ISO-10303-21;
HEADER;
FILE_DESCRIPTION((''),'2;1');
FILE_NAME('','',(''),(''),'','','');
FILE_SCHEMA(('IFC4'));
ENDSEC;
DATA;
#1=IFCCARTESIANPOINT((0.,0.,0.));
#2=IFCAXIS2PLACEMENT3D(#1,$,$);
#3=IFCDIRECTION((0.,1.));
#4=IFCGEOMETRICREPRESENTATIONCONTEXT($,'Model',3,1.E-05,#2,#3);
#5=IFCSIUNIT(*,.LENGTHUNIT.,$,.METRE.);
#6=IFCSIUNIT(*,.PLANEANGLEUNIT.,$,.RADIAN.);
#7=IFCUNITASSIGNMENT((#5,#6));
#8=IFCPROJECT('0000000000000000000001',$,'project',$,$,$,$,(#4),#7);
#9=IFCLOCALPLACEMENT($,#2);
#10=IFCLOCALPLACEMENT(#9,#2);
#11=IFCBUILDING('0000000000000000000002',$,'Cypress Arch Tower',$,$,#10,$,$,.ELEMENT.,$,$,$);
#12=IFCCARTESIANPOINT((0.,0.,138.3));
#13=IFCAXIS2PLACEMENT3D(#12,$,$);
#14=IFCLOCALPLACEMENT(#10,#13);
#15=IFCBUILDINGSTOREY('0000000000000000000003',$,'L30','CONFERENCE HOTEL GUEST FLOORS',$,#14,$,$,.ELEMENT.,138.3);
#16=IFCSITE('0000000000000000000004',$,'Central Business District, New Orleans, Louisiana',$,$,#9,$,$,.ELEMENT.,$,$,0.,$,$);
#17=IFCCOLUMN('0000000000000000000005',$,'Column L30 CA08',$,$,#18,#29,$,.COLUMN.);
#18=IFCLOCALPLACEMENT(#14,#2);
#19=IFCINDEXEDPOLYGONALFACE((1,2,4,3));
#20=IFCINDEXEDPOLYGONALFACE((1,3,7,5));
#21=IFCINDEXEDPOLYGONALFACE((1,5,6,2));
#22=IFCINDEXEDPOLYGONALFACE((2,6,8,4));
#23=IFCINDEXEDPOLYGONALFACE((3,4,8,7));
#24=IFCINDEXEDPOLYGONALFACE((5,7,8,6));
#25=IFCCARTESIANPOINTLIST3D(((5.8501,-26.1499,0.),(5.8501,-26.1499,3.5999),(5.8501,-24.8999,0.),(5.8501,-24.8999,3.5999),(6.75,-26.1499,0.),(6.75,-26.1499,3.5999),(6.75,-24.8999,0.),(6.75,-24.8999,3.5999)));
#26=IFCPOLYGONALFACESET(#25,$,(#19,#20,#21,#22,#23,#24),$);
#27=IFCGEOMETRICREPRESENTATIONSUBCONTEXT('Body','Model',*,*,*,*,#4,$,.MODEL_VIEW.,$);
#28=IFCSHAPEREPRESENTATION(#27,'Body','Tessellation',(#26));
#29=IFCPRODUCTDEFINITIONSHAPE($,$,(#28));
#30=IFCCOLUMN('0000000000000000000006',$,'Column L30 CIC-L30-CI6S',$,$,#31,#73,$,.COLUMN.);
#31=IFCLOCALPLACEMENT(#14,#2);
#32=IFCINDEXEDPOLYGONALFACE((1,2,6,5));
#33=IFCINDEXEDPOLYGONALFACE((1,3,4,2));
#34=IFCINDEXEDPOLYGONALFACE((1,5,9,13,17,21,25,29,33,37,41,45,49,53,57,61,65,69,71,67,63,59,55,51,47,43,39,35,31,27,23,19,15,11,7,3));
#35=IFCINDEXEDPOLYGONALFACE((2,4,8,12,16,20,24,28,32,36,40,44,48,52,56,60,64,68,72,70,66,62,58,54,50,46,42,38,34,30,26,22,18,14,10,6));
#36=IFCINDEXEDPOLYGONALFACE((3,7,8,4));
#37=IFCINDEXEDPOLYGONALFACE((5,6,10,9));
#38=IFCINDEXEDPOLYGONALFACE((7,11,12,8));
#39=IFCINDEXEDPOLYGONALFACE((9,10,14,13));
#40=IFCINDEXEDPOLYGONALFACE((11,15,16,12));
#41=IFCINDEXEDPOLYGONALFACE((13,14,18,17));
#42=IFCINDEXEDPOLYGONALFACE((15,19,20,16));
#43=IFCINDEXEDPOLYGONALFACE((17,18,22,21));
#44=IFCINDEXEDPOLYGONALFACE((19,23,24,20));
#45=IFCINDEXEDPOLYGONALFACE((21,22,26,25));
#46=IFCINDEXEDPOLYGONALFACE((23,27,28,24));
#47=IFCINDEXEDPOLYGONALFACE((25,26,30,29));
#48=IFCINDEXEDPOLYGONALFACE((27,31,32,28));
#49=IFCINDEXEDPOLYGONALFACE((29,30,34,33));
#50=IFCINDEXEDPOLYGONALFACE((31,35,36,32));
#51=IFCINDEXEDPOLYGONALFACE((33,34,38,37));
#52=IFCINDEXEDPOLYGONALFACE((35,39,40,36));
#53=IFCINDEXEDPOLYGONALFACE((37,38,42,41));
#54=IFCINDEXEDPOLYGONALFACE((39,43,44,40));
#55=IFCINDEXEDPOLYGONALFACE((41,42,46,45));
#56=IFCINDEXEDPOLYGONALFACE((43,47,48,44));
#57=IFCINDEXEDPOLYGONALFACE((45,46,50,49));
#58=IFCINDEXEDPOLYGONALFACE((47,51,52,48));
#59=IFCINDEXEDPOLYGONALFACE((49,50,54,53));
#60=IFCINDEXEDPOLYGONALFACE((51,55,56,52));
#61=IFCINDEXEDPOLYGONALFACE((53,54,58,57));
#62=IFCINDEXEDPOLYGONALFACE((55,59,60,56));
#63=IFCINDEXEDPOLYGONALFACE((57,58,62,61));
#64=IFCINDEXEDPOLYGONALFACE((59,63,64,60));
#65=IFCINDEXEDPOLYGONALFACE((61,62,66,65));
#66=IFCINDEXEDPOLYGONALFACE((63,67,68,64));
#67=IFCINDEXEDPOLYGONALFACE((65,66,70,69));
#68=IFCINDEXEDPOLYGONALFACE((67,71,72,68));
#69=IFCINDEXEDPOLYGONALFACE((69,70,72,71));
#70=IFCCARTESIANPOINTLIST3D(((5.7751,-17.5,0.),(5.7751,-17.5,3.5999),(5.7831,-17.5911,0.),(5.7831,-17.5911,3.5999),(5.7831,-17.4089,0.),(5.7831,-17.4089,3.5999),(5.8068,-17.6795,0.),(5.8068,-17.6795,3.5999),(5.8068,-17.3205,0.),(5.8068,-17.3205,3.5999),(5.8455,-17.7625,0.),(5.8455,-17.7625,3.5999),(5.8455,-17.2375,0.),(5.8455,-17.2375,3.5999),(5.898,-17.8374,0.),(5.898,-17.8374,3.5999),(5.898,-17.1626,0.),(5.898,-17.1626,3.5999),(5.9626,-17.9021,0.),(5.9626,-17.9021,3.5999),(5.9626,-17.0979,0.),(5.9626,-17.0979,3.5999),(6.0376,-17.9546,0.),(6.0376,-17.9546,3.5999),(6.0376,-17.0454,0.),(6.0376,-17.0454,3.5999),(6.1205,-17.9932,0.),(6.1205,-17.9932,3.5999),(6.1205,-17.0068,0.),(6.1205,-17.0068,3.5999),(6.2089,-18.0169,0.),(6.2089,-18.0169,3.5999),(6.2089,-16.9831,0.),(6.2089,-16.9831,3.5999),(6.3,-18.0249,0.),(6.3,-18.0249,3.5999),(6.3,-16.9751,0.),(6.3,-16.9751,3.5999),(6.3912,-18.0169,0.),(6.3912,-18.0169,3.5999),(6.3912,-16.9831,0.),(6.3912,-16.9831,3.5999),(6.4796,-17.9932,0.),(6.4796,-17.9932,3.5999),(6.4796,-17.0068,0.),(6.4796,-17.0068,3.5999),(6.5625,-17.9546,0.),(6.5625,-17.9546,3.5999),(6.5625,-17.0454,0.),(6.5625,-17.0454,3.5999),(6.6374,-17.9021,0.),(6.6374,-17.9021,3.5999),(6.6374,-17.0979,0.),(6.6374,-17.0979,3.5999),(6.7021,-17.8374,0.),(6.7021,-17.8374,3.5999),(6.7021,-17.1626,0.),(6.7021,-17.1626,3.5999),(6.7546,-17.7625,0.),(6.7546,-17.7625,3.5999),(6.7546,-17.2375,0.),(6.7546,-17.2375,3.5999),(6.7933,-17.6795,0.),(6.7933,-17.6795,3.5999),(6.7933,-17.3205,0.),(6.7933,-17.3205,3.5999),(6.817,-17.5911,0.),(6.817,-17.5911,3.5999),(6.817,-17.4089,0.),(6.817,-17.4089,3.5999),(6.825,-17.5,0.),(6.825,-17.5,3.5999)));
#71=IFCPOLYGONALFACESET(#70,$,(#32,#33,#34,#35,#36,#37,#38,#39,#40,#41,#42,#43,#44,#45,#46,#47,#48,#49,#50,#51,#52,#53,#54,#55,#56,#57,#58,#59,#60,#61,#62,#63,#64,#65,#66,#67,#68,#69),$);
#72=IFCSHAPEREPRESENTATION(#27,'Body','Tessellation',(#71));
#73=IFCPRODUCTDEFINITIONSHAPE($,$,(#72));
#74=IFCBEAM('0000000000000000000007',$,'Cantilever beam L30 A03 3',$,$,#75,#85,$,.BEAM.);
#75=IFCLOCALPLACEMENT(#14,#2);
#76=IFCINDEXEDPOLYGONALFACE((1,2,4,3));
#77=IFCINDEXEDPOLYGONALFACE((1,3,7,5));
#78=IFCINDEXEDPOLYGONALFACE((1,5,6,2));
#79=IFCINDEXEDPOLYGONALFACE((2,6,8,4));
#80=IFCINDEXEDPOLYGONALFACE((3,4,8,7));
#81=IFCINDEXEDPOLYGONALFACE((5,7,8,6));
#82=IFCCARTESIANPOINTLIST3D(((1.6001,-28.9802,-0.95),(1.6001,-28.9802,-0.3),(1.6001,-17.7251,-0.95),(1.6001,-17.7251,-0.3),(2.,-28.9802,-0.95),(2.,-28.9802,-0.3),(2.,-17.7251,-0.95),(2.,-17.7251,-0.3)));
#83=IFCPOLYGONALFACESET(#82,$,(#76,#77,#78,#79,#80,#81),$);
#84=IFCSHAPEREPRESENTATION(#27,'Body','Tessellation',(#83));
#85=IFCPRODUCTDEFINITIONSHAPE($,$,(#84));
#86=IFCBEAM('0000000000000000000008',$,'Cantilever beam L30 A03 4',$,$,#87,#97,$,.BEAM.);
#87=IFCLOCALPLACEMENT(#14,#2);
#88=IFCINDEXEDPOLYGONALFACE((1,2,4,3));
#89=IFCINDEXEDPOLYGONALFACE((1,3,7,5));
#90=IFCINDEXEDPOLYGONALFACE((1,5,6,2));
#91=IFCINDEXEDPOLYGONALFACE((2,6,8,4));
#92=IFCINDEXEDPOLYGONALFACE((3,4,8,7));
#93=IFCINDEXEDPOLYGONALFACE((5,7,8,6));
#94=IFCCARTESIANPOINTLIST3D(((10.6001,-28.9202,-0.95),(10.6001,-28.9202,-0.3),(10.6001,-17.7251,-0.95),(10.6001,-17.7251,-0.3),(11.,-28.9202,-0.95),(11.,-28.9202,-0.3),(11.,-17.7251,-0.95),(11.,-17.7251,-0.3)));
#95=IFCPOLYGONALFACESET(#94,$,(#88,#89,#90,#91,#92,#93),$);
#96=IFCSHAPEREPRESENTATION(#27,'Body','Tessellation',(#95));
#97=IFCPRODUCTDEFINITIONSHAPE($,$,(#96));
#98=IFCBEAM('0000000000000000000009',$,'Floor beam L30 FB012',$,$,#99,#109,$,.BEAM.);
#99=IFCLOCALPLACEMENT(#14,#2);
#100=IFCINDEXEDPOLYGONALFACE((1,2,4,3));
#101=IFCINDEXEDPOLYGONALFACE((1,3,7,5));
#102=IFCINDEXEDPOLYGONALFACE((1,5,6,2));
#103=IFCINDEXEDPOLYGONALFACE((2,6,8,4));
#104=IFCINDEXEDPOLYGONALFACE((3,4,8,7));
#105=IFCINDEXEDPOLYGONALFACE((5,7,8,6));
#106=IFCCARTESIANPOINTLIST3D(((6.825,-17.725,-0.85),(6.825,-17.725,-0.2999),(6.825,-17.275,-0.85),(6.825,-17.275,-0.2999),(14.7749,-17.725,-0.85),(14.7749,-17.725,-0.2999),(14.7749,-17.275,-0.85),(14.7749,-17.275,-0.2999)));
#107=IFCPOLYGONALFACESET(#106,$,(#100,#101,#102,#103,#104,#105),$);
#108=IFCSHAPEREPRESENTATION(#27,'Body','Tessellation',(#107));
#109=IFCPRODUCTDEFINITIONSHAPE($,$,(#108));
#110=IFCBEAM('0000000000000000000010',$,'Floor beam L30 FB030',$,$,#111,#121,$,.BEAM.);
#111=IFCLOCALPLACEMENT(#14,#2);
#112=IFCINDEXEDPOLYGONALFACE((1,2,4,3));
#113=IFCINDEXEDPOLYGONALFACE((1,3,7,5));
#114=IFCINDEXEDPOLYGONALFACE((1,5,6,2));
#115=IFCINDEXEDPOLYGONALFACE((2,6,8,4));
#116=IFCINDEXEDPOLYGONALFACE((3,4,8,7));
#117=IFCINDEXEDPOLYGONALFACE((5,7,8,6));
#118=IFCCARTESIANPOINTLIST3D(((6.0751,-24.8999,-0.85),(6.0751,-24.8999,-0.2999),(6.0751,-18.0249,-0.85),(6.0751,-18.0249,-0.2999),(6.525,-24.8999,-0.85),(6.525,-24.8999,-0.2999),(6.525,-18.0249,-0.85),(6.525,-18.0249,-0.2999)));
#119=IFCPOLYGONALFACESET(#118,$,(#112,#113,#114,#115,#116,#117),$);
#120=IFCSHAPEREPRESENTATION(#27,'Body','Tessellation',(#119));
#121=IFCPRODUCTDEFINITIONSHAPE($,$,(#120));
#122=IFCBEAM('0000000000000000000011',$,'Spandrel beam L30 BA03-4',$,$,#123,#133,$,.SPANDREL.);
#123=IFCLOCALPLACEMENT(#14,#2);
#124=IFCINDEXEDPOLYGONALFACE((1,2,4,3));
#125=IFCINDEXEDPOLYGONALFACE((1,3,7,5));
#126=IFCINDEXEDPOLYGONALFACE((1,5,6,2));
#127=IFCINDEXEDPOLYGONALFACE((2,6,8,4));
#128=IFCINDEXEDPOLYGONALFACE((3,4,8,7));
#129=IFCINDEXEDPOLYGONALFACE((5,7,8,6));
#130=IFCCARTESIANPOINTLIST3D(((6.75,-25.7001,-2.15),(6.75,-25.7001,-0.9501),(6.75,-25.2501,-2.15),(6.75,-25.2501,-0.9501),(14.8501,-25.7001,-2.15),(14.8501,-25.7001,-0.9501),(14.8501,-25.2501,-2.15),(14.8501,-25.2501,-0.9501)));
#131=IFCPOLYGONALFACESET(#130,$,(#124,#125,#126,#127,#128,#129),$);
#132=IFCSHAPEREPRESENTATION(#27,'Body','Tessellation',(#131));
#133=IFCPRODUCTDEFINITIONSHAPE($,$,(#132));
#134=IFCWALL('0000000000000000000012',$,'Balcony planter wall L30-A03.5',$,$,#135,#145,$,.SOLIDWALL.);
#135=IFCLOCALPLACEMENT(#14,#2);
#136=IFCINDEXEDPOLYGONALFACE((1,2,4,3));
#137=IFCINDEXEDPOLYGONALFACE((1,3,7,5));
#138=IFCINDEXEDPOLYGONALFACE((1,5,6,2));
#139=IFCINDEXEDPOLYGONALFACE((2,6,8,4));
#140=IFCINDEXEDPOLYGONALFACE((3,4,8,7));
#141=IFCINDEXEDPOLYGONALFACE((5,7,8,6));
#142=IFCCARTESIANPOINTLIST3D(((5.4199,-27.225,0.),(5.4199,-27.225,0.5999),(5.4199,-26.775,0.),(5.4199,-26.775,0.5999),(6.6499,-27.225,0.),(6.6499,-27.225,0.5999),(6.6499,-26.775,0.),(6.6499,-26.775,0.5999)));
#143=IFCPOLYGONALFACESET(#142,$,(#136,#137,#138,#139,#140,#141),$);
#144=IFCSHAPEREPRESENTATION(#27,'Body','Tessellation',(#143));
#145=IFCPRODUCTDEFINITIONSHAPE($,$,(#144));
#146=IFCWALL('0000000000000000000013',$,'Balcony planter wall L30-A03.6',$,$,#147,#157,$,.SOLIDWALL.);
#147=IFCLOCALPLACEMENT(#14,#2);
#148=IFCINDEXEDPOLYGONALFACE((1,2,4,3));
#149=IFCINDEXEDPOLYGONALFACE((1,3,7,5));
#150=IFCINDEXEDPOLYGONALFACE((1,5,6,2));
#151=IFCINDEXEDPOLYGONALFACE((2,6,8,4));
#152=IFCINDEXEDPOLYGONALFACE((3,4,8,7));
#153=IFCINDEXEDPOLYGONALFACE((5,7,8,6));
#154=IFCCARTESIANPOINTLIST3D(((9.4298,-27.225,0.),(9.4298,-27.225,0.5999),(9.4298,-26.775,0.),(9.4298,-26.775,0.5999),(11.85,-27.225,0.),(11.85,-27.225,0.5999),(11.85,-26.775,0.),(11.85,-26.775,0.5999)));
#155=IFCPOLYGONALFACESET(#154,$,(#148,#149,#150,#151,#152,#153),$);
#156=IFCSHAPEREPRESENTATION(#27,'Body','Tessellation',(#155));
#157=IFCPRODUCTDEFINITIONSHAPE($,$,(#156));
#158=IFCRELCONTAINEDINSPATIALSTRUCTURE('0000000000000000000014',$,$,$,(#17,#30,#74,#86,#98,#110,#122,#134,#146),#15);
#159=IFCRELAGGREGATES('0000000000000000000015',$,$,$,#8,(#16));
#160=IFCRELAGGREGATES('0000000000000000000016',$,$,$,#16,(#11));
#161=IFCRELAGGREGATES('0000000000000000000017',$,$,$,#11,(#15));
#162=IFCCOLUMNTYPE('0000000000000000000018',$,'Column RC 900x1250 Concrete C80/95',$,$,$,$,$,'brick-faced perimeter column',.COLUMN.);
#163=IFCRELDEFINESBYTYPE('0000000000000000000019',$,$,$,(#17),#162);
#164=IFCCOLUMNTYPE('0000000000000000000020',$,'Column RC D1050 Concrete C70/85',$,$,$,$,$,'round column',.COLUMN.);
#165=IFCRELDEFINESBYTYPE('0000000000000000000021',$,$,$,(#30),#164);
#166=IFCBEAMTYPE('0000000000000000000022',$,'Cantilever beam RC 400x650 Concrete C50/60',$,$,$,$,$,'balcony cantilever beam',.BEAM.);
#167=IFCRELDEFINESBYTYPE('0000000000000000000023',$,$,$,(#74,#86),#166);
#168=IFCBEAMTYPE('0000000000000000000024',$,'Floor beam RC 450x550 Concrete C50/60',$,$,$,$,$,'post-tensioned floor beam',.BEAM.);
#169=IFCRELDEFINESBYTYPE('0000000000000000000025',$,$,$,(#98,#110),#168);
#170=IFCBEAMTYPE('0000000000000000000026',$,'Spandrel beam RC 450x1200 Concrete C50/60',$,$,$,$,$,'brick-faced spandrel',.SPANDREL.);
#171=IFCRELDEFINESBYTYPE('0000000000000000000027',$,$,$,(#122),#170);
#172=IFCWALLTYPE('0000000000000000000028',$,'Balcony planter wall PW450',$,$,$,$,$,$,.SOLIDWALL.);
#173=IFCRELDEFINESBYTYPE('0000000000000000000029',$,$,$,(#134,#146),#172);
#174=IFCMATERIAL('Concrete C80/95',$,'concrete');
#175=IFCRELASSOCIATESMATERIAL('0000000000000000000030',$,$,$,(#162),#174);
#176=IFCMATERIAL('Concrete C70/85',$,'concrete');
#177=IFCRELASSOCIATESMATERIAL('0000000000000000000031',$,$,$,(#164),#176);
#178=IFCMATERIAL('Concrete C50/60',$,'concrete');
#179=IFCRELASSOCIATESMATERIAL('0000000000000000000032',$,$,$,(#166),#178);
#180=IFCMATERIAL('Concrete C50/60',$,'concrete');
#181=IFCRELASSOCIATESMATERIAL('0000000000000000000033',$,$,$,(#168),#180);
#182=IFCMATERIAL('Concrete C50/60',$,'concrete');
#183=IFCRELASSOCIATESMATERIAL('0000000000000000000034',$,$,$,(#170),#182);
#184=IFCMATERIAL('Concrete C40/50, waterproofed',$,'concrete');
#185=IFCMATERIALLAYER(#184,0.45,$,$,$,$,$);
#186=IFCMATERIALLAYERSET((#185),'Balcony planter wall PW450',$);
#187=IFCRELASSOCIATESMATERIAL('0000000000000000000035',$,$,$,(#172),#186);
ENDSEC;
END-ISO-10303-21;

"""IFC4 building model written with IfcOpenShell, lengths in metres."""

from ifc_helpers import new_model, si_unit, direction, frame, frame_2d, origin, origin_2d, place, context, subcontext, project, spatial, rectangle, circle, extrude, material, layer, layer_set, material_profile, profile_set, type_object, element, save


model = new_model("IFC4")

# Units and contexts
model_context = context("Model", 3, precision=1e-05, world=origin(), true_north=direction((0.0, 1.0)))
body_context = subcontext(model_context, "Body", "Model", "MODEL_VIEW")
ifc_project = project(units=[si_unit("LENGTHUNIT", "METRE"), si_unit("PLANEANGLEUNIT", "RADIAN")], contexts=[model_context])

# Site, building, storey
site_placement = place(None, origin())
site = spatial("IfcSite", under=ifc_project, at=site_placement, Name="Central Business District, New Orleans, Louisiana", CompositionType="ELEMENT", RefElevation=0.0)
building_placement = place(site_placement, origin())
building = spatial("IfcBuilding", under=site, at=building_placement, Name="Cypress Arch Tower", CompositionType="ELEMENT")
storey_placement = place(building_placement, frame((0.0, 0.0, 138.3)))
storey = spatial("IfcBuildingStorey", under=building, at=storey_placement, Name="L30", Description="CONFERENCE HOTEL GUEST FLOORS", CompositionType="ELEMENT", Elevation=138.3)

# Columns
ifc_material_1 = material(Name="Concrete C80/95", Category="concrete")
ifc_material_profile_1 = material_profile(ifc_material_1, rectangle(XDim=0.8999, YDim=1.25, at=origin_2d()), Name="RC 900x1250")
ifc_profile_set_1 = profile_set([ifc_material_profile_1], Name="Concrete C80/95")
column_type_1 = type_object("IfcColumnType", Name="Column RC 900x1250 Concrete C80/95", ElementType="brick-faced perimeter column", PredefinedType="COLUMN", material=ifc_profile_set_1)
column_1_placement = place(storey_placement, frame((6.3, -25.5249, 0.0), z_axis=(0.0, 0.0, 1.0), x_axis=(1.0, 0.0, 0.0)))
element("IfcColumn", 1, at=column_1_placement, inside=storey, type_object=column_type_1, Name="Column L30 CA08", PredefinedType="COLUMN", context=body_context, shape_type="SweptSolid", body=[
    extrude(rectangle(XDim=0.8999, YDim=1.25, at=origin_2d()), origin(), (0.0, 0.0, 1.0), 3.5999),
])
ifc_material_2 = material(Name="Concrete C70/85", Category="concrete")
ifc_material_profile_2 = material_profile(ifc_material_2, circle(Radius=0.5249, at=origin_2d()), Name="RC D1050")
ifc_profile_set_2 = profile_set([ifc_material_profile_2], Name="Concrete C70/85")
column_type_2 = type_object("IfcColumnType", Name="Column RC D1050 Concrete C70/85", ElementType="round column", PredefinedType="COLUMN", material=ifc_profile_set_2)
column_2_placement = place(storey_placement, frame((6.3, -17.5, 0.0), z_axis=(0.0, 0.0, 1.0), x_axis=(1.0, 0.0, 0.0)))
element("IfcColumn", 2, at=column_2_placement, inside=storey, type_object=column_type_2, Name="Column L30 CIC-L30-CI6S", PredefinedType="COLUMN", context=body_context, shape_type="SweptSolid", body=[
    extrude(circle(Radius=0.5249, at=origin_2d()), origin(), (0.0, 0.0, 1.0), 3.5999),
])

# Beams
ifc_material_3 = material(Name="Concrete C50/60", Category="concrete")
ifc_material_profile_3 = material_profile(ifc_material_3, rectangle(XDim=0.3999, YDim=0.6499, at=origin_2d()), Name="RC 400x650")
ifc_profile_set_3 = profile_set([ifc_material_profile_3], Name="Concrete C50/60")
beam_type_1 = type_object("IfcBeamType", Name="Cantilever beam RC 400x650 Concrete C50/60", ElementType="balcony cantilever beam", PredefinedType="BEAM", material=ifc_profile_set_3)
beam_1_placement = place(storey_placement, frame((1.8, -17.7251, -0.625), z_axis=(0.0, -1.0, 0.0), x_axis=(1.0, 0.0, 0.0)))
element("IfcBeam", 3, at=beam_1_placement, inside=storey, type_object=beam_type_1, Name="Cantilever beam L30 A03 3", PredefinedType="BEAM", context=body_context, shape_type="SweptSolid", body=[
    extrude(rectangle(XDim=0.3999, YDim=0.6499, at=origin_2d()), origin(), (0.0, 0.0, 1.0), 11.2551),
])
beam_2_placement = place(storey_placement, frame((10.8, -17.7251, -0.625), z_axis=(0.0, -1.0, 0.0), x_axis=(1.0, 0.0, 0.0)))
element("IfcBeam", 4, at=beam_2_placement, inside=storey, type_object=beam_type_1, Name="Cantilever beam L30 A03 4", PredefinedType="BEAM", context=body_context, shape_type="SweptSolid", body=[
    extrude(rectangle(XDim=0.3999, YDim=0.6499, at=origin_2d()), origin(), (0.0, 0.0, 1.0), 11.1951),
])
ifc_material_4 = material(Name="Concrete C50/60", Category="concrete")
ifc_material_profile_4 = material_profile(ifc_material_4, rectangle(XDim=0.45, YDim=0.55, at=origin_2d()), Name="RC 450x550")
ifc_profile_set_4 = profile_set([ifc_material_profile_4], Name="Concrete C50/60")
beam_type_2 = type_object("IfcBeamType", Name="Floor beam RC 450x550 Concrete C50/60", ElementType="post-tensioned floor beam", PredefinedType="BEAM", material=ifc_profile_set_4)
beam_3_placement = place(storey_placement, frame((6.825, -17.5, -0.575), z_axis=(1.0, 0.0, 0.0), x_axis=(0.0, 1.0, 0.0)))
element("IfcBeam", 5, at=beam_3_placement, inside=storey, type_object=beam_type_2, Name="Floor beam L30 FB012", PredefinedType="BEAM", context=body_context, shape_type="SweptSolid", body=[
    extrude(rectangle(XDim=0.45, YDim=0.55, at=origin_2d()), origin(), (0.0, 0.0, 1.0), 7.95),
])
beam_4_placement = place(storey_placement, frame((6.3, -24.8999, -0.575), z_axis=(0.0, 1.0, 0.0), x_axis=(-1.0, 0.0, 0.0)))
element("IfcBeam", 6, at=beam_4_placement, inside=storey, type_object=beam_type_2, Name="Floor beam L30 FB030", PredefinedType="BEAM", context=body_context, shape_type="SweptSolid", body=[
    extrude(rectangle(XDim=0.45, YDim=0.55, at=origin_2d()), origin(), (0.0, 0.0, 1.0), 6.875),
])
ifc_material_5 = material(Name="Concrete C50/60", Category="concrete")
ifc_material_profile_5 = material_profile(ifc_material_5, rectangle(XDim=0.45, YDim=1.2, at=origin_2d()), Name="RC 450x1200")
ifc_profile_set_5 = profile_set([ifc_material_profile_5], Name="Concrete C50/60")
beam_type_3 = type_object("IfcBeamType", Name="Spandrel beam RC 450x1200 Concrete C50/60", ElementType="brick-faced spandrel", PredefinedType="SPANDREL", material=ifc_profile_set_5)
beam_5_placement = place(storey_placement, frame((6.75, -25.4751, -1.55), z_axis=(1.0, 0.0, 0.0), x_axis=(0.0, 1.0, 0.0)))
element("IfcBeam", 7, at=beam_5_placement, inside=storey, type_object=beam_type_3, Name="Spandrel beam L30 BA03-4", PredefinedType="SPANDREL", context=body_context, shape_type="SweptSolid", body=[
    extrude(rectangle(XDim=0.45, YDim=1.2, at=origin_2d()), origin(), (0.0, 0.0, 1.0), 8.1001),
])

# Walls
ifc_material_6 = material(Name="Concrete C40/50, waterproofed", Category="concrete")
ifc_layer_1 = layer(ifc_material_6, 0.45)
ifc_layer_set_1 = layer_set([ifc_layer_1], Name="Balcony planter wall PW450")
wall_type_1 = type_object("IfcWallType", Name="Balcony planter wall PW450", PredefinedType="SOLIDWALL", material=ifc_layer_set_1)
wall_1_placement = place(storey_placement, frame((5.4199, -27.0, 0.0), z_axis=(0.0, 0.0, 1.0), x_axis=(1.0, 0.0, 0.0)))
element("IfcWall", 8, at=wall_1_placement, inside=storey, type_object=wall_type_1, Name="Balcony planter wall L30-A03.5", PredefinedType="SOLIDWALL", context=body_context, shape_type="SweptSolid", body=[
    extrude(rectangle(XDim=1.23, YDim=0.45, at=frame_2d((0.615, 0.0))), origin(), (0.0, 0.0, 1.0), 0.5999),
])
wall_2_placement = place(storey_placement, frame((9.4299, -27.0, 0.0), z_axis=(0.0, 0.0, 1.0), x_axis=(1.0, 0.0, 0.0)))
element("IfcWall", 9, at=wall_2_placement, inside=storey, type_object=wall_type_1, Name="Balcony planter wall L30-A03.6", PredefinedType="SOLIDWALL", context=body_context, shape_type="SweptSolid", body=[
    extrude(rectangle(XDim=2.4202, YDim=0.45, at=frame_2d((1.21, 0.0))), origin(), (0.0, 0.0, 1.0), 0.5999),
])

save(model, "model.ifc")
